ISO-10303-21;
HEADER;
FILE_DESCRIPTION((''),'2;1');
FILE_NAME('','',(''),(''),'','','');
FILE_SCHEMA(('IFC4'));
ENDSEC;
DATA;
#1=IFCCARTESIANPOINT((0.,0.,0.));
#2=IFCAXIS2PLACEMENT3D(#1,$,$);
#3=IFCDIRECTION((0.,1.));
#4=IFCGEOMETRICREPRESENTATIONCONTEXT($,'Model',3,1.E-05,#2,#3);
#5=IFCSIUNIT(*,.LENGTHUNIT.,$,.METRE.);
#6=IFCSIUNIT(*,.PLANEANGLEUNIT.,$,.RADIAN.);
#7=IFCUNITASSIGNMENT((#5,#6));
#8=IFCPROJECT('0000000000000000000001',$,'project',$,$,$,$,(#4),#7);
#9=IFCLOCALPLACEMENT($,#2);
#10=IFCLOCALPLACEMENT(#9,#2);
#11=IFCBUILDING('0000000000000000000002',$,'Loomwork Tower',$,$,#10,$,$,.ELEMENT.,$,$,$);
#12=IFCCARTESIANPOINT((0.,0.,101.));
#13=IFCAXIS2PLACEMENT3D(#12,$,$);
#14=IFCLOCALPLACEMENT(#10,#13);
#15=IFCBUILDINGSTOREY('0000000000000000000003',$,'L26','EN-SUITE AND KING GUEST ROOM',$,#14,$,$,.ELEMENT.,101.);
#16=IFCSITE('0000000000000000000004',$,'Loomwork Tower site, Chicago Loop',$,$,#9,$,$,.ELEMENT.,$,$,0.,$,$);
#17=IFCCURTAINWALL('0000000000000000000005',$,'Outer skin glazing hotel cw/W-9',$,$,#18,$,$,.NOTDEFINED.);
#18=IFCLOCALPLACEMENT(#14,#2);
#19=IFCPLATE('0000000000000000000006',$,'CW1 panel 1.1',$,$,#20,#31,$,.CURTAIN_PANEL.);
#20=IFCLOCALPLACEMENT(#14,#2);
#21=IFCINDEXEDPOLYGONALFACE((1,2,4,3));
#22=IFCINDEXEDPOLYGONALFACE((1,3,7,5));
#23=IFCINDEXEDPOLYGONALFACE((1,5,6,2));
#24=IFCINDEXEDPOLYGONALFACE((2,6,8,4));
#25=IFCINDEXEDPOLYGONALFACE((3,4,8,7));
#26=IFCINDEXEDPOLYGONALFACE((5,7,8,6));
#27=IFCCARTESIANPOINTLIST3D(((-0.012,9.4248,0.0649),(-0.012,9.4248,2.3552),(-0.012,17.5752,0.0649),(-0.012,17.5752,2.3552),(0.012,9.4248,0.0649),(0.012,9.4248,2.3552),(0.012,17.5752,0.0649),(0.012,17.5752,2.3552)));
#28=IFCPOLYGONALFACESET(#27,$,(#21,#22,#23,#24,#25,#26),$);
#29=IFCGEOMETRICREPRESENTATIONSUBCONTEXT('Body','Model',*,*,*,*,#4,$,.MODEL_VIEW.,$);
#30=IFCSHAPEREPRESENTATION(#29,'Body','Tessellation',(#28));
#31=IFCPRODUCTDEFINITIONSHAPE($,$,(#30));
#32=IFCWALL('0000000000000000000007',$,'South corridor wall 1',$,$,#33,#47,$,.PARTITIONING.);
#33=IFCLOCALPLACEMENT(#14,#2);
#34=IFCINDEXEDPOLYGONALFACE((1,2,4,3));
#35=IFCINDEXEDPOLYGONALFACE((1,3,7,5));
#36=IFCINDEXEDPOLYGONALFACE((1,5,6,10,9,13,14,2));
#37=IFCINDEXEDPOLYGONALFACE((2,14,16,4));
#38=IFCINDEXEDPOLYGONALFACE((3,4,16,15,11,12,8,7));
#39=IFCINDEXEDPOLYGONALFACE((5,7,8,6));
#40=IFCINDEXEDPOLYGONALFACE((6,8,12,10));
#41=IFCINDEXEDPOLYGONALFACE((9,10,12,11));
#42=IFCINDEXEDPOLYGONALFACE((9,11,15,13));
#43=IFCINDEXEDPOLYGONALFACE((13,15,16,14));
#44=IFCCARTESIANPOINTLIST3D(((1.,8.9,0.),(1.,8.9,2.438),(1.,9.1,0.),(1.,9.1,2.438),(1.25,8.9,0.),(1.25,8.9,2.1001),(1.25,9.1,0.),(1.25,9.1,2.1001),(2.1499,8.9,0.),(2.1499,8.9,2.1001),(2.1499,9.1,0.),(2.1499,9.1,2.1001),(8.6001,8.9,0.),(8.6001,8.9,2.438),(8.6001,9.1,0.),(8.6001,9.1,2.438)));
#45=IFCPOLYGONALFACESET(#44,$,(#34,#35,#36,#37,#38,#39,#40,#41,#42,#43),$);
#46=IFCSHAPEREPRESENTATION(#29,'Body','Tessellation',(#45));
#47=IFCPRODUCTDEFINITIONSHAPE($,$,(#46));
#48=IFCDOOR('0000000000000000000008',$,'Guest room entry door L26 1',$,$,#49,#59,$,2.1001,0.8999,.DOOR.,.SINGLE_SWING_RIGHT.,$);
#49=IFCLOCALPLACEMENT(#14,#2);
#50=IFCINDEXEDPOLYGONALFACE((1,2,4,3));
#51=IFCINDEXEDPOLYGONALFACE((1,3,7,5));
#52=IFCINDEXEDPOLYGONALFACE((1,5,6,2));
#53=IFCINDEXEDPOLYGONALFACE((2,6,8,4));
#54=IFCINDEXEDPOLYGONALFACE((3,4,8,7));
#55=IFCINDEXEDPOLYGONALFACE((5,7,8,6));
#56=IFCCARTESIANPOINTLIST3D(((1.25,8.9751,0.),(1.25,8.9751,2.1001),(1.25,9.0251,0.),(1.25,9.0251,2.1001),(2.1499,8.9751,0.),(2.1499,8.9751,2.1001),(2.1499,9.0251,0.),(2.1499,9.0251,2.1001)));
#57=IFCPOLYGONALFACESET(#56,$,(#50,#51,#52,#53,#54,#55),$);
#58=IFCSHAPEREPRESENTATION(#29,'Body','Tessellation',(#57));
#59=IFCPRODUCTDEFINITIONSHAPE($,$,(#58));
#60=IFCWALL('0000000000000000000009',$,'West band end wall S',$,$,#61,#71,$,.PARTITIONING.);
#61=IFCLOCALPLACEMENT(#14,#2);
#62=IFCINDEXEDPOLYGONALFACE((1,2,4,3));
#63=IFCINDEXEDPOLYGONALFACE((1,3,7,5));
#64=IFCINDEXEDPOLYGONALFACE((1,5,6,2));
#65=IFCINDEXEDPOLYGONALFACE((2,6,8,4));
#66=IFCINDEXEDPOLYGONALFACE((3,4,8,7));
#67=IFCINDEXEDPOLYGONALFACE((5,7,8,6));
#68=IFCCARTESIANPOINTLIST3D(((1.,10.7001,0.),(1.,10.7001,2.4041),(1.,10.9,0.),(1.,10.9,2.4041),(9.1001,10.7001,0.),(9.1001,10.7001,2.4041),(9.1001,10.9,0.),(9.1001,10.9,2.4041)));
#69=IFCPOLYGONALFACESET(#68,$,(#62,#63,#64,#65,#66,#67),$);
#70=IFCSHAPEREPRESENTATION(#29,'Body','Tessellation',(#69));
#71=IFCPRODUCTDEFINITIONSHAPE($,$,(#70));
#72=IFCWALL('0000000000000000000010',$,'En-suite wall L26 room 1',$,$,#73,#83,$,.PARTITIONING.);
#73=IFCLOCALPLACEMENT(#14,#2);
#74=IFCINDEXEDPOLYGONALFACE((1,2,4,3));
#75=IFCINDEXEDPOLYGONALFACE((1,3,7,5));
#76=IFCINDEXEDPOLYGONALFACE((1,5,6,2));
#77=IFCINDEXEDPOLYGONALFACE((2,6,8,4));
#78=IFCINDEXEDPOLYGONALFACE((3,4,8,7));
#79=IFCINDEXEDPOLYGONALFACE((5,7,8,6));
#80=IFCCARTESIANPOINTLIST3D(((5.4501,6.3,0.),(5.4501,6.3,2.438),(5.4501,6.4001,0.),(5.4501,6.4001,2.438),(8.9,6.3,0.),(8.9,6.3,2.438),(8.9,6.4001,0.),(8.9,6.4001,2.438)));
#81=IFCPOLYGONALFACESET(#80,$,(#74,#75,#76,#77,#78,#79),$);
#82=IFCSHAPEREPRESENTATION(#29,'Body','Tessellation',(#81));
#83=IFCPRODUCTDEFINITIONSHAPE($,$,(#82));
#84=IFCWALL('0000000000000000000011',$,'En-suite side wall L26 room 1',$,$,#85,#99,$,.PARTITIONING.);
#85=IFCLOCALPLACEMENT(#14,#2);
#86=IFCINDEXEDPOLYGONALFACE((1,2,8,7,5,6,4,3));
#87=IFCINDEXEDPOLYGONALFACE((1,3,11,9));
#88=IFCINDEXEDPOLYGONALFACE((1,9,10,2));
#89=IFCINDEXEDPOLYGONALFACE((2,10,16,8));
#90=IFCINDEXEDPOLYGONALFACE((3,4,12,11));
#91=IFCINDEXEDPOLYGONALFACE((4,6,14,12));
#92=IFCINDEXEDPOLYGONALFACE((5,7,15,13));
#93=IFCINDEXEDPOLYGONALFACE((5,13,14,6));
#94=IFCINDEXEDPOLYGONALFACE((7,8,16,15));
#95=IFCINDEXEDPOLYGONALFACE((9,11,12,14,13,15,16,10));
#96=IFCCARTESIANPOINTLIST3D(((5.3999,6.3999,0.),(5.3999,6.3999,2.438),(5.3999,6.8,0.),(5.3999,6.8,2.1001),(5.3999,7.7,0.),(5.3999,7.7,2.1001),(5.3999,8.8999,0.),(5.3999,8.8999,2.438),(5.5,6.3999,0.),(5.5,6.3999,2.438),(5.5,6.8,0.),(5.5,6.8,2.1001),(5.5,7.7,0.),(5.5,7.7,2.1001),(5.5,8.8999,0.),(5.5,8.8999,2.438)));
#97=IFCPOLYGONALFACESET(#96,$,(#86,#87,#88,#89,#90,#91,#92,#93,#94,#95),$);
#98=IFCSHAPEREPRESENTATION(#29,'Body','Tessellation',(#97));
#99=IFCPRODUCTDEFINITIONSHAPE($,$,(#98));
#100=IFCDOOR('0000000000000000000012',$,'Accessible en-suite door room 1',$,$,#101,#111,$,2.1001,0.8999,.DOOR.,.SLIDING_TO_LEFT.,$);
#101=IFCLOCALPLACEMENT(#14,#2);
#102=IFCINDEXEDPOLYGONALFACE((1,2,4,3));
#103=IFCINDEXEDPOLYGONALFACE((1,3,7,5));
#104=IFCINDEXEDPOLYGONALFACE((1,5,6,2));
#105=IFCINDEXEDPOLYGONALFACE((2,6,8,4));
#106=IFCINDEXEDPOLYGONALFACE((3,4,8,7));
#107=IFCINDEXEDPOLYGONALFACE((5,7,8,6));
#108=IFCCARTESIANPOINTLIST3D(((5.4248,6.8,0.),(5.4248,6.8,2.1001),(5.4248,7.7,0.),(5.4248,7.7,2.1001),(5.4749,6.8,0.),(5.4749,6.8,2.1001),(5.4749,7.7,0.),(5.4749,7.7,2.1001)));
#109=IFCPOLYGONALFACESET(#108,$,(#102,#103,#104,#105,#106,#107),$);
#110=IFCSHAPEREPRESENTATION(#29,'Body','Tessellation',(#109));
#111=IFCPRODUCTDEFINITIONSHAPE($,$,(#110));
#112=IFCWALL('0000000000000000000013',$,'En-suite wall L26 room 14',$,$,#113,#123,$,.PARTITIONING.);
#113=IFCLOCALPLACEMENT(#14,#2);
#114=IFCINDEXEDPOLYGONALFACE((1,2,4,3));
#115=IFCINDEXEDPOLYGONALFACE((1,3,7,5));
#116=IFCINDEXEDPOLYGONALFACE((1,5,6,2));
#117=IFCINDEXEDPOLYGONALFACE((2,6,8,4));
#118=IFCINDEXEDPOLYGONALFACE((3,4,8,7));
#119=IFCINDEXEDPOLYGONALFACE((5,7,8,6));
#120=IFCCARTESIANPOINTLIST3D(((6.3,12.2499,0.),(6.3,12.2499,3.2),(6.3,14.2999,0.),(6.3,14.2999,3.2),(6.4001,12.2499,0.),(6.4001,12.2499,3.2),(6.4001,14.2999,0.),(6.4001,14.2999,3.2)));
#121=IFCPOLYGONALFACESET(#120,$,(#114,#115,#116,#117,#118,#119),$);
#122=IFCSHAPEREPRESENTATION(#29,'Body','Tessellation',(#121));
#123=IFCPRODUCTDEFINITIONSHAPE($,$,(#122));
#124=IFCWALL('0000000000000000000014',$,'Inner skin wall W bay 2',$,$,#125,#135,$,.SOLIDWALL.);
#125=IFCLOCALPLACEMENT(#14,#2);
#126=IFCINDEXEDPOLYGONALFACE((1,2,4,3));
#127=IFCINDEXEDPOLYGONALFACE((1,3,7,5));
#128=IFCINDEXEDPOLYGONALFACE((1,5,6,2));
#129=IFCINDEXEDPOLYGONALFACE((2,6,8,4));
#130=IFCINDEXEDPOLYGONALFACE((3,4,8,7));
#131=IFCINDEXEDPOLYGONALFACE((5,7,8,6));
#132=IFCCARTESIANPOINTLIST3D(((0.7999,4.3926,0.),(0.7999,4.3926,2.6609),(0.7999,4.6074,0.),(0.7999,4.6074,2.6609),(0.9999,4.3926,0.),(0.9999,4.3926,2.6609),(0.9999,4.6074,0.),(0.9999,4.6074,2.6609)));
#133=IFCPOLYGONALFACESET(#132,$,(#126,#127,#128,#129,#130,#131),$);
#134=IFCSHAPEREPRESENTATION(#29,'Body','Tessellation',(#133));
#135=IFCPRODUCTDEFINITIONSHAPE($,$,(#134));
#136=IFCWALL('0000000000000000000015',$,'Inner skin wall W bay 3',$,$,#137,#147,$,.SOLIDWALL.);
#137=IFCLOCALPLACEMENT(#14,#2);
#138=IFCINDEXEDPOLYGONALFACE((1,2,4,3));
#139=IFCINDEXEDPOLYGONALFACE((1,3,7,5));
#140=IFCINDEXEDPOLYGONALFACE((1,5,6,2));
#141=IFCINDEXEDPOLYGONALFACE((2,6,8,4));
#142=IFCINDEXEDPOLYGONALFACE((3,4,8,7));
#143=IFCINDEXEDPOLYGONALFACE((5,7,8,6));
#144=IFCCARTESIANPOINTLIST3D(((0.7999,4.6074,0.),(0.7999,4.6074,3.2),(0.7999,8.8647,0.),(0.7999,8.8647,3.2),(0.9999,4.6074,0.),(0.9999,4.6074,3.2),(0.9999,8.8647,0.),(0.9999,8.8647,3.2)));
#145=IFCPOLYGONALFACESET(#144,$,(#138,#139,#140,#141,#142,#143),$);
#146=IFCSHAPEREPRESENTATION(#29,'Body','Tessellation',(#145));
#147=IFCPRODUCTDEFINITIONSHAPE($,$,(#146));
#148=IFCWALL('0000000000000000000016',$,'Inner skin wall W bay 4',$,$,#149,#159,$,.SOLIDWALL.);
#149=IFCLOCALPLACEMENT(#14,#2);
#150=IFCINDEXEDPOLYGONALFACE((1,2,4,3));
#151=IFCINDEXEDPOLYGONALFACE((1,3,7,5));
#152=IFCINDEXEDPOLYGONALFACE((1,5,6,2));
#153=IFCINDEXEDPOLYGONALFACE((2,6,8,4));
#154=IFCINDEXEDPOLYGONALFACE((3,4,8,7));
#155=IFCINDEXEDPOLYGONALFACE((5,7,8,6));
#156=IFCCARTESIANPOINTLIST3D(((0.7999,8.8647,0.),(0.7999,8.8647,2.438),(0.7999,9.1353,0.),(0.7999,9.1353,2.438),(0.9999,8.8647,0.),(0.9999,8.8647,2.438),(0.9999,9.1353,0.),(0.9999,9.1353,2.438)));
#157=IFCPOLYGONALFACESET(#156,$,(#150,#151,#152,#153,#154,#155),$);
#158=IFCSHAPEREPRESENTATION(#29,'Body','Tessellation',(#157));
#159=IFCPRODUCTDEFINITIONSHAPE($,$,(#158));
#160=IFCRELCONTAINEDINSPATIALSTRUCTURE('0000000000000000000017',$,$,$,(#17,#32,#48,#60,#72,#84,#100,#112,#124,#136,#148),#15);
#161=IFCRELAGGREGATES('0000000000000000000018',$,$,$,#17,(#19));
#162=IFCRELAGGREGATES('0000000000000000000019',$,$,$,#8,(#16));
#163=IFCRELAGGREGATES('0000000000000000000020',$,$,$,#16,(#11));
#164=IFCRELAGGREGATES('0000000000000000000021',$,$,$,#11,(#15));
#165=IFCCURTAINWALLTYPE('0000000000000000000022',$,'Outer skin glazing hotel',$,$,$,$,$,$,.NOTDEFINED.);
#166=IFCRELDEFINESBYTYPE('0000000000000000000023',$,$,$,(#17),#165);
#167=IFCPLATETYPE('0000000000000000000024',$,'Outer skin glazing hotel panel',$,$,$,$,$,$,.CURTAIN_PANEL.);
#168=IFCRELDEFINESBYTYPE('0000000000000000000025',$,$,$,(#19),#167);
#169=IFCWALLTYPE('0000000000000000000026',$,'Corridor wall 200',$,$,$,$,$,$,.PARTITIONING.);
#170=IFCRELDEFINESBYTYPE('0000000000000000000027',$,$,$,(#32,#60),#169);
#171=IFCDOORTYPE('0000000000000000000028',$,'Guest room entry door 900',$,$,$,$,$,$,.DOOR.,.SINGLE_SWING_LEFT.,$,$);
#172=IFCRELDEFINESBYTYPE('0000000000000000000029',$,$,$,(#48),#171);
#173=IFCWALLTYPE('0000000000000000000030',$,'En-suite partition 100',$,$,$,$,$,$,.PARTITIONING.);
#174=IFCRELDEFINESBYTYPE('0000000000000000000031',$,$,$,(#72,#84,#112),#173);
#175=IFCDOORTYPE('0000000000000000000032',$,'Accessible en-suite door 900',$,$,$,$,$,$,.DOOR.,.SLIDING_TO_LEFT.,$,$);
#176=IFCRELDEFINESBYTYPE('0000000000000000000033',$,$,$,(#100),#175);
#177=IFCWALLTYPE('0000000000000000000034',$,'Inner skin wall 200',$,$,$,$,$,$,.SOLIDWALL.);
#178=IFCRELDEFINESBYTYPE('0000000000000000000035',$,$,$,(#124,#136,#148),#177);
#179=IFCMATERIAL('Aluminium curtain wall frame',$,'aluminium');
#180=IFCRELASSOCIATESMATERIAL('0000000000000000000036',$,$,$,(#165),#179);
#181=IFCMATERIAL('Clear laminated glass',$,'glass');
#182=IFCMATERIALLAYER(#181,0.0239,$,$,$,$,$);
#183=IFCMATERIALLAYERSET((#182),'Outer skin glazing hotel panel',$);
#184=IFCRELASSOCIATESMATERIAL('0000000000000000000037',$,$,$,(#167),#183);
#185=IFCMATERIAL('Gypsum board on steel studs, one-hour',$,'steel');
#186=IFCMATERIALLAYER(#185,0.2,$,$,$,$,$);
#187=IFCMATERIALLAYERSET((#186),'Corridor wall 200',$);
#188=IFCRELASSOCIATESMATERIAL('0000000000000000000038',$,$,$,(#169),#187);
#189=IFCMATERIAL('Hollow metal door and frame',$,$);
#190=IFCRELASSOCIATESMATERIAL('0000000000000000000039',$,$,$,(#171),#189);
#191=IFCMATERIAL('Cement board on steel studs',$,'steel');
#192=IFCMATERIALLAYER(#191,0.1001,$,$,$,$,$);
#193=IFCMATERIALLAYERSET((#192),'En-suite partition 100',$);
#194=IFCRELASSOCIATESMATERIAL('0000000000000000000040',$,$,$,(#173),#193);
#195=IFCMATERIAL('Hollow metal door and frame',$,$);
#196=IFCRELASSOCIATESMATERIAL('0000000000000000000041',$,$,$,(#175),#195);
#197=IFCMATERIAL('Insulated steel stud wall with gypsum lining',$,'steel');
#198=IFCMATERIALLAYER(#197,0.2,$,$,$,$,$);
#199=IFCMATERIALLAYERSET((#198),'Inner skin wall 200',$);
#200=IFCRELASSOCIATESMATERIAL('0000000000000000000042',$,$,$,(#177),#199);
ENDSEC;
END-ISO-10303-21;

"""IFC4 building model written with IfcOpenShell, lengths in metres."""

from ifc_helpers import new_model, si_unit, direction, frame, frame_2d, origin, origin_2d, place, context, subcontext, project, spatial, rectangle, extrude, material, layer, layer_set, type_object, element, fill, aggregate, save


model = new_model("IFC4")

# Units and contexts
model_context = context("Model", 3, precision=1e-05, world=origin(), true_north=direction((0.0, 1.0)))
body_context = subcontext(model_context, "Body", "Model", "MODEL_VIEW")
ifc_project = project(units=[si_unit("LENGTHUNIT", "METRE"), si_unit("PLANEANGLEUNIT", "RADIAN")], contexts=[model_context])

# Site, building, storey
site_placement = place(None, origin())
site = spatial("IfcSite", under=ifc_project, at=site_placement, Name="Loomwork Tower site, Chicago Loop", CompositionType="ELEMENT", RefElevation=0.0)
building_placement = place(site_placement, origin())
building = spatial("IfcBuilding", under=site, at=building_placement, Name="Loomwork Tower", CompositionType="ELEMENT")
storey_placement = place(building_placement, frame((0.0, 0.0, 101.0)))
storey = spatial("IfcBuildingStorey", under=building, at=storey_placement, Name="L26", Description="EN-SUITE AND KING GUEST ROOM", CompositionType="ELEMENT", Elevation=101.0)

# Curtain wall
ifc_material_1 = material(Name="Aluminium curtain wall frame", Category="aluminium")
curtain_wall_type = type_object("IfcCurtainWallType", Name="Outer skin glazing hotel", PredefinedType="NOTDEFINED", material=ifc_material_1)
curtain_wall_1_placement = place(storey_placement, origin())
curtain_wall_1 = element("IfcCurtainWall", 1, at=curtain_wall_1_placement, inside=storey, type_object=curtain_wall_type, Name="Outer skin glazing hotel cw/W-9", PredefinedType="NOTDEFINED")

# Plate
ifc_material_2 = material(Name="Clear laminated glass", Category="glass")
ifc_layer_1 = layer(ifc_material_2, 0.0239)
ifc_layer_set_1 = layer_set([ifc_layer_1], Name="Outer skin glazing hotel panel")
plate_type = type_object("IfcPlateType", Name="Outer skin glazing hotel panel", PredefinedType="CURTAIN_PANEL", material=ifc_layer_set_1)
plate_1_placement = place(storey_placement, frame((0.0, 13.5, 0.0649), z_axis=(0.0, 0.0, 1.0), x_axis=(0.0, -1.0, 0.0)))
plate_1 = element("IfcPlate", 2, at=plate_1_placement, type_object=plate_type, Name="CW1 panel 1.1", PredefinedType="CURTAIN_PANEL", context=body_context, shape_type="SweptSolid", body=[
    extrude(rectangle(XDim=8.1504, YDim=0.0239, at=origin_2d()), origin(), (0.0, 0.0, 1.0), 2.2903),
])
aggregate(curtain_wall_1, [plate_1])

# Wall, opening, door
ifc_material_3 = material(Name="Gypsum board on steel studs, one-hour", Category="steel")
ifc_layer_2 = layer(ifc_material_3, 0.2)
ifc_layer_set_2 = layer_set([ifc_layer_2], Name="Corridor wall 200")
wall_type_1 = type_object("IfcWallType", Name="Corridor wall 200", PredefinedType="PARTITIONING", material=ifc_layer_set_2)
wall_1_placement = place(storey_placement, frame((1.0, 9.0, 0.0), z_axis=(0.0, 0.0, 1.0), x_axis=(1.0, 0.0, 0.0)))
wall_1 = element("IfcWall", 3, at=wall_1_placement, inside=storey, type_object=wall_type_1, Name="South corridor wall 1", PredefinedType="PARTITIONING", context=body_context, shape_type="SweptSolid", body=[
    extrude(rectangle(XDim=7.6001, YDim=0.2, at=frame_2d((3.8, 0.0))), origin(), (0.0, 0.0, 1.0), 2.438),
])
opening_1_placement = place(wall_1_placement, frame((0.25, 0.0, 0.0)))
opening_1 = element("IfcOpeningElement", 4, at=opening_1_placement, cuts=wall_1, PredefinedType="OPENING", context=body_context, shape_type="SweptSolid", body=[
    extrude(rectangle(XDim=0.8999, YDim=2.1001, at=frame_2d((0.45, 1.05))), frame((0.0, 0.1099, 0.0), z_axis=(0.0, -1.0, 0.0), x_axis=(1.0, 0.0, 0.0)), (0.0, 0.0, 1.0), 0.22),
])
ifc_material_4 = material(Name="Hollow metal door and frame")
door_type_1 = type_object("IfcDoorType", Name="Guest room entry door 900", OperationType="SINGLE_SWING_LEFT", PredefinedType="DOOR", material=ifc_material_4)
door_1_placement = place(opening_1_placement, frame((0.8999, 0.0, 0.0), z_axis=(0.0, 0.0, 1.0), x_axis=(-1.0, 0.0, 0.0)))
door_1 = element("IfcDoor", 5, at=door_1_placement, inside=storey, type_object=door_type_1, Name="Guest room entry door L26 1", OperationType="SINGLE_SWING_RIGHT", OverallHeight=2.1001, OverallWidth=0.8999, PredefinedType="DOOR", context=body_context, shape_type="SweptSolid", body=[
    extrude(rectangle(XDim=0.8999, YDim=2.1001, at=frame_2d((0.45, 1.05))), frame((0.0, 0.0249, 0.0), z_axis=(0.0, -1.0, 0.0), x_axis=(1.0, 0.0, 0.0)), (0.0, 0.0, 1.0), 0.05),
])
fill(opening_1, door_1)

# Walls
wall_2_placement = place(storey_placement, frame((1.0, 10.8, 0.0), z_axis=(0.0, 0.0, 1.0), x_axis=(1.0, 0.0, 0.0)))
element("IfcWall", 6, at=wall_2_placement, inside=storey, type_object=wall_type_1, Name="West band end wall S", PredefinedType="PARTITIONING", context=body_context, shape_type="SweptSolid", body=[
    extrude(rectangle(XDim=8.1001, YDim=0.2, at=frame_2d((4.05, 0.0))), origin(), (0.0, 0.0, 1.0), 2.4041),
])
ifc_material_5 = material(Name="Cement board on steel studs", Category="steel")
ifc_layer_3 = layer(ifc_material_5, 0.1001)
ifc_layer_set_3 = layer_set([ifc_layer_3], Name="En-suite partition 100")
wall_type_2 = type_object("IfcWallType", Name="En-suite partition 100", PredefinedType="PARTITIONING", material=ifc_layer_set_3)
wall_3_placement = place(storey_placement, frame((5.45, 6.3501, 0.0), z_axis=(0.0, 0.0, 1.0), x_axis=(1.0, 0.0, 0.0)))
element("IfcWall", 7, at=wall_3_placement, inside=storey, type_object=wall_type_2, Name="En-suite wall L26 room 1", PredefinedType="PARTITIONING", context=body_context, shape_type="SweptSolid", body=[
    extrude(rectangle(XDim=3.45, YDim=0.1001, at=frame_2d((1.7251, 0.0))), origin(), (0.0, 0.0, 1.0), 2.438),
])

# Wall, opening, door
wall_4_placement = place(storey_placement, frame((5.45, 8.8999, 0.0), z_axis=(0.0, 0.0, 1.0), x_axis=(0.0, -1.0, 0.0)))
wall_4 = element("IfcWall", 8, at=wall_4_placement, inside=storey, type_object=wall_type_2, Name="En-suite side wall L26 room 1", PredefinedType="PARTITIONING", context=body_context, shape_type="SweptSolid", body=[
    extrude(rectangle(XDim=2.5, YDim=0.1001, at=frame_2d((1.25, 0.0))), origin(), (0.0, 0.0, 1.0), 2.438),
])
opening_2_placement = place(wall_4_placement, frame((1.2, 0.0, 0.0)))
opening_2 = element("IfcOpeningElement", 9, at=opening_2_placement, cuts=wall_4, PredefinedType="OPENING", context=body_context, shape_type="SweptSolid", body=[
    extrude(rectangle(XDim=0.8999, YDim=2.1001, at=frame_2d((0.45, 1.05))), frame((0.0, 0.0601, 0.0), z_axis=(0.0, -1.0, 0.0), x_axis=(1.0, 0.0, 0.0)), (0.0, 0.0, 1.0), 0.1201),
])
ifc_material_6 = material(Name="Hollow metal door and frame")
door_type_2 = type_object("IfcDoorType", Name="Accessible en-suite door 900", OperationType="SLIDING_TO_LEFT", PredefinedType="DOOR", material=ifc_material_6)
door_2_placement = place(opening_2_placement, origin())
door_2 = element("IfcDoor", 10, at=door_2_placement, inside=storey, type_object=door_type_2, Name="Accessible en-suite door room 1", OperationType="SLIDING_TO_LEFT", OverallHeight=2.1001, OverallWidth=0.8999, PredefinedType="DOOR", context=body_context, shape_type="SweptSolid", body=[
    extrude(rectangle(XDim=0.8999, YDim=2.1001, at=frame_2d((0.45, 1.05))), frame((0.0, 0.0249, 0.0), z_axis=(0.0, -1.0, 0.0), x_axis=(1.0, 0.0, 0.0)), (0.0, 0.0, 1.0), 0.05),
])
fill(opening_2, door_2)

# Walls
wall_5_placement = place(storey_placement, frame((6.3501, 12.25, 0.0), z_axis=(0.0, 0.0, 1.0), x_axis=(0.0, 1.0, 0.0)))
element("IfcWall", 11, at=wall_5_placement, inside=storey, type_object=wall_type_2, Name="En-suite wall L26 room 14", PredefinedType="PARTITIONING", context=body_context, shape_type="SweptSolid", body=[
    extrude(rectangle(XDim=2.05, YDim=0.1001, at=frame_2d((1.0249, 0.0))), origin(), (0.0, 0.0, 1.0), 3.2),
])
ifc_material_7 = material(Name="Insulated steel stud wall with gypsum lining", Category="steel")
ifc_layer_4 = layer(ifc_material_7, 0.2)
ifc_layer_set_4 = layer_set([ifc_layer_4], Name="Inner skin wall 200")
wall_type_3 = type_object("IfcWallType", Name="Inner skin wall 200", PredefinedType="SOLIDWALL", material=ifc_layer_set_4)
wall_6_placement = place(storey_placement, frame((0.8999, 4.3926, 0.0), z_axis=(0.0, 0.0, 1.0), x_axis=(0.0, 1.0, 0.0)))
element("IfcWall", 12, at=wall_6_placement, inside=storey, type_object=wall_type_3, Name="Inner skin wall W bay 2", PredefinedType="SOLIDWALL", context=body_context, shape_type="SweptSolid", body=[
    extrude(rectangle(XDim=0.2148, YDim=0.2, at=frame_2d((0.1074, 0.0))), origin(), (0.0, 0.0, 1.0), 2.6609),
])
wall_7_placement = place(storey_placement, frame((0.8999, 4.6074, 0.0), z_axis=(0.0, 0.0, 1.0), x_axis=(0.0, 1.0, 0.0)))
element("IfcWall", 13, at=wall_7_placement, inside=storey, type_object=wall_type_3, Name="Inner skin wall W bay 3", PredefinedType="SOLIDWALL", context=body_context, shape_type="SweptSolid", body=[
    extrude(rectangle(XDim=4.2573, YDim=0.2, at=frame_2d((2.1287, 0.0))), origin(), (0.0, 0.0, 1.0), 3.2),
])
wall_8_placement = place(storey_placement, frame((0.8999, 8.8647, 0.0), z_axis=(0.0, 0.0, 1.0), x_axis=(0.0, 1.0, 0.0)))
element("IfcWall", 14, at=wall_8_placement, inside=storey, type_object=wall_type_3, Name="Inner skin wall W bay 4", PredefinedType="SOLIDWALL", context=body_context, shape_type="SweptSolid", body=[
    extrude(rectangle(XDim=0.2705, YDim=0.2, at=frame_2d((0.1353, 0.0))), origin(), (0.0, 0.0, 1.0), 2.438),
])

save(model, "model.ifc")
